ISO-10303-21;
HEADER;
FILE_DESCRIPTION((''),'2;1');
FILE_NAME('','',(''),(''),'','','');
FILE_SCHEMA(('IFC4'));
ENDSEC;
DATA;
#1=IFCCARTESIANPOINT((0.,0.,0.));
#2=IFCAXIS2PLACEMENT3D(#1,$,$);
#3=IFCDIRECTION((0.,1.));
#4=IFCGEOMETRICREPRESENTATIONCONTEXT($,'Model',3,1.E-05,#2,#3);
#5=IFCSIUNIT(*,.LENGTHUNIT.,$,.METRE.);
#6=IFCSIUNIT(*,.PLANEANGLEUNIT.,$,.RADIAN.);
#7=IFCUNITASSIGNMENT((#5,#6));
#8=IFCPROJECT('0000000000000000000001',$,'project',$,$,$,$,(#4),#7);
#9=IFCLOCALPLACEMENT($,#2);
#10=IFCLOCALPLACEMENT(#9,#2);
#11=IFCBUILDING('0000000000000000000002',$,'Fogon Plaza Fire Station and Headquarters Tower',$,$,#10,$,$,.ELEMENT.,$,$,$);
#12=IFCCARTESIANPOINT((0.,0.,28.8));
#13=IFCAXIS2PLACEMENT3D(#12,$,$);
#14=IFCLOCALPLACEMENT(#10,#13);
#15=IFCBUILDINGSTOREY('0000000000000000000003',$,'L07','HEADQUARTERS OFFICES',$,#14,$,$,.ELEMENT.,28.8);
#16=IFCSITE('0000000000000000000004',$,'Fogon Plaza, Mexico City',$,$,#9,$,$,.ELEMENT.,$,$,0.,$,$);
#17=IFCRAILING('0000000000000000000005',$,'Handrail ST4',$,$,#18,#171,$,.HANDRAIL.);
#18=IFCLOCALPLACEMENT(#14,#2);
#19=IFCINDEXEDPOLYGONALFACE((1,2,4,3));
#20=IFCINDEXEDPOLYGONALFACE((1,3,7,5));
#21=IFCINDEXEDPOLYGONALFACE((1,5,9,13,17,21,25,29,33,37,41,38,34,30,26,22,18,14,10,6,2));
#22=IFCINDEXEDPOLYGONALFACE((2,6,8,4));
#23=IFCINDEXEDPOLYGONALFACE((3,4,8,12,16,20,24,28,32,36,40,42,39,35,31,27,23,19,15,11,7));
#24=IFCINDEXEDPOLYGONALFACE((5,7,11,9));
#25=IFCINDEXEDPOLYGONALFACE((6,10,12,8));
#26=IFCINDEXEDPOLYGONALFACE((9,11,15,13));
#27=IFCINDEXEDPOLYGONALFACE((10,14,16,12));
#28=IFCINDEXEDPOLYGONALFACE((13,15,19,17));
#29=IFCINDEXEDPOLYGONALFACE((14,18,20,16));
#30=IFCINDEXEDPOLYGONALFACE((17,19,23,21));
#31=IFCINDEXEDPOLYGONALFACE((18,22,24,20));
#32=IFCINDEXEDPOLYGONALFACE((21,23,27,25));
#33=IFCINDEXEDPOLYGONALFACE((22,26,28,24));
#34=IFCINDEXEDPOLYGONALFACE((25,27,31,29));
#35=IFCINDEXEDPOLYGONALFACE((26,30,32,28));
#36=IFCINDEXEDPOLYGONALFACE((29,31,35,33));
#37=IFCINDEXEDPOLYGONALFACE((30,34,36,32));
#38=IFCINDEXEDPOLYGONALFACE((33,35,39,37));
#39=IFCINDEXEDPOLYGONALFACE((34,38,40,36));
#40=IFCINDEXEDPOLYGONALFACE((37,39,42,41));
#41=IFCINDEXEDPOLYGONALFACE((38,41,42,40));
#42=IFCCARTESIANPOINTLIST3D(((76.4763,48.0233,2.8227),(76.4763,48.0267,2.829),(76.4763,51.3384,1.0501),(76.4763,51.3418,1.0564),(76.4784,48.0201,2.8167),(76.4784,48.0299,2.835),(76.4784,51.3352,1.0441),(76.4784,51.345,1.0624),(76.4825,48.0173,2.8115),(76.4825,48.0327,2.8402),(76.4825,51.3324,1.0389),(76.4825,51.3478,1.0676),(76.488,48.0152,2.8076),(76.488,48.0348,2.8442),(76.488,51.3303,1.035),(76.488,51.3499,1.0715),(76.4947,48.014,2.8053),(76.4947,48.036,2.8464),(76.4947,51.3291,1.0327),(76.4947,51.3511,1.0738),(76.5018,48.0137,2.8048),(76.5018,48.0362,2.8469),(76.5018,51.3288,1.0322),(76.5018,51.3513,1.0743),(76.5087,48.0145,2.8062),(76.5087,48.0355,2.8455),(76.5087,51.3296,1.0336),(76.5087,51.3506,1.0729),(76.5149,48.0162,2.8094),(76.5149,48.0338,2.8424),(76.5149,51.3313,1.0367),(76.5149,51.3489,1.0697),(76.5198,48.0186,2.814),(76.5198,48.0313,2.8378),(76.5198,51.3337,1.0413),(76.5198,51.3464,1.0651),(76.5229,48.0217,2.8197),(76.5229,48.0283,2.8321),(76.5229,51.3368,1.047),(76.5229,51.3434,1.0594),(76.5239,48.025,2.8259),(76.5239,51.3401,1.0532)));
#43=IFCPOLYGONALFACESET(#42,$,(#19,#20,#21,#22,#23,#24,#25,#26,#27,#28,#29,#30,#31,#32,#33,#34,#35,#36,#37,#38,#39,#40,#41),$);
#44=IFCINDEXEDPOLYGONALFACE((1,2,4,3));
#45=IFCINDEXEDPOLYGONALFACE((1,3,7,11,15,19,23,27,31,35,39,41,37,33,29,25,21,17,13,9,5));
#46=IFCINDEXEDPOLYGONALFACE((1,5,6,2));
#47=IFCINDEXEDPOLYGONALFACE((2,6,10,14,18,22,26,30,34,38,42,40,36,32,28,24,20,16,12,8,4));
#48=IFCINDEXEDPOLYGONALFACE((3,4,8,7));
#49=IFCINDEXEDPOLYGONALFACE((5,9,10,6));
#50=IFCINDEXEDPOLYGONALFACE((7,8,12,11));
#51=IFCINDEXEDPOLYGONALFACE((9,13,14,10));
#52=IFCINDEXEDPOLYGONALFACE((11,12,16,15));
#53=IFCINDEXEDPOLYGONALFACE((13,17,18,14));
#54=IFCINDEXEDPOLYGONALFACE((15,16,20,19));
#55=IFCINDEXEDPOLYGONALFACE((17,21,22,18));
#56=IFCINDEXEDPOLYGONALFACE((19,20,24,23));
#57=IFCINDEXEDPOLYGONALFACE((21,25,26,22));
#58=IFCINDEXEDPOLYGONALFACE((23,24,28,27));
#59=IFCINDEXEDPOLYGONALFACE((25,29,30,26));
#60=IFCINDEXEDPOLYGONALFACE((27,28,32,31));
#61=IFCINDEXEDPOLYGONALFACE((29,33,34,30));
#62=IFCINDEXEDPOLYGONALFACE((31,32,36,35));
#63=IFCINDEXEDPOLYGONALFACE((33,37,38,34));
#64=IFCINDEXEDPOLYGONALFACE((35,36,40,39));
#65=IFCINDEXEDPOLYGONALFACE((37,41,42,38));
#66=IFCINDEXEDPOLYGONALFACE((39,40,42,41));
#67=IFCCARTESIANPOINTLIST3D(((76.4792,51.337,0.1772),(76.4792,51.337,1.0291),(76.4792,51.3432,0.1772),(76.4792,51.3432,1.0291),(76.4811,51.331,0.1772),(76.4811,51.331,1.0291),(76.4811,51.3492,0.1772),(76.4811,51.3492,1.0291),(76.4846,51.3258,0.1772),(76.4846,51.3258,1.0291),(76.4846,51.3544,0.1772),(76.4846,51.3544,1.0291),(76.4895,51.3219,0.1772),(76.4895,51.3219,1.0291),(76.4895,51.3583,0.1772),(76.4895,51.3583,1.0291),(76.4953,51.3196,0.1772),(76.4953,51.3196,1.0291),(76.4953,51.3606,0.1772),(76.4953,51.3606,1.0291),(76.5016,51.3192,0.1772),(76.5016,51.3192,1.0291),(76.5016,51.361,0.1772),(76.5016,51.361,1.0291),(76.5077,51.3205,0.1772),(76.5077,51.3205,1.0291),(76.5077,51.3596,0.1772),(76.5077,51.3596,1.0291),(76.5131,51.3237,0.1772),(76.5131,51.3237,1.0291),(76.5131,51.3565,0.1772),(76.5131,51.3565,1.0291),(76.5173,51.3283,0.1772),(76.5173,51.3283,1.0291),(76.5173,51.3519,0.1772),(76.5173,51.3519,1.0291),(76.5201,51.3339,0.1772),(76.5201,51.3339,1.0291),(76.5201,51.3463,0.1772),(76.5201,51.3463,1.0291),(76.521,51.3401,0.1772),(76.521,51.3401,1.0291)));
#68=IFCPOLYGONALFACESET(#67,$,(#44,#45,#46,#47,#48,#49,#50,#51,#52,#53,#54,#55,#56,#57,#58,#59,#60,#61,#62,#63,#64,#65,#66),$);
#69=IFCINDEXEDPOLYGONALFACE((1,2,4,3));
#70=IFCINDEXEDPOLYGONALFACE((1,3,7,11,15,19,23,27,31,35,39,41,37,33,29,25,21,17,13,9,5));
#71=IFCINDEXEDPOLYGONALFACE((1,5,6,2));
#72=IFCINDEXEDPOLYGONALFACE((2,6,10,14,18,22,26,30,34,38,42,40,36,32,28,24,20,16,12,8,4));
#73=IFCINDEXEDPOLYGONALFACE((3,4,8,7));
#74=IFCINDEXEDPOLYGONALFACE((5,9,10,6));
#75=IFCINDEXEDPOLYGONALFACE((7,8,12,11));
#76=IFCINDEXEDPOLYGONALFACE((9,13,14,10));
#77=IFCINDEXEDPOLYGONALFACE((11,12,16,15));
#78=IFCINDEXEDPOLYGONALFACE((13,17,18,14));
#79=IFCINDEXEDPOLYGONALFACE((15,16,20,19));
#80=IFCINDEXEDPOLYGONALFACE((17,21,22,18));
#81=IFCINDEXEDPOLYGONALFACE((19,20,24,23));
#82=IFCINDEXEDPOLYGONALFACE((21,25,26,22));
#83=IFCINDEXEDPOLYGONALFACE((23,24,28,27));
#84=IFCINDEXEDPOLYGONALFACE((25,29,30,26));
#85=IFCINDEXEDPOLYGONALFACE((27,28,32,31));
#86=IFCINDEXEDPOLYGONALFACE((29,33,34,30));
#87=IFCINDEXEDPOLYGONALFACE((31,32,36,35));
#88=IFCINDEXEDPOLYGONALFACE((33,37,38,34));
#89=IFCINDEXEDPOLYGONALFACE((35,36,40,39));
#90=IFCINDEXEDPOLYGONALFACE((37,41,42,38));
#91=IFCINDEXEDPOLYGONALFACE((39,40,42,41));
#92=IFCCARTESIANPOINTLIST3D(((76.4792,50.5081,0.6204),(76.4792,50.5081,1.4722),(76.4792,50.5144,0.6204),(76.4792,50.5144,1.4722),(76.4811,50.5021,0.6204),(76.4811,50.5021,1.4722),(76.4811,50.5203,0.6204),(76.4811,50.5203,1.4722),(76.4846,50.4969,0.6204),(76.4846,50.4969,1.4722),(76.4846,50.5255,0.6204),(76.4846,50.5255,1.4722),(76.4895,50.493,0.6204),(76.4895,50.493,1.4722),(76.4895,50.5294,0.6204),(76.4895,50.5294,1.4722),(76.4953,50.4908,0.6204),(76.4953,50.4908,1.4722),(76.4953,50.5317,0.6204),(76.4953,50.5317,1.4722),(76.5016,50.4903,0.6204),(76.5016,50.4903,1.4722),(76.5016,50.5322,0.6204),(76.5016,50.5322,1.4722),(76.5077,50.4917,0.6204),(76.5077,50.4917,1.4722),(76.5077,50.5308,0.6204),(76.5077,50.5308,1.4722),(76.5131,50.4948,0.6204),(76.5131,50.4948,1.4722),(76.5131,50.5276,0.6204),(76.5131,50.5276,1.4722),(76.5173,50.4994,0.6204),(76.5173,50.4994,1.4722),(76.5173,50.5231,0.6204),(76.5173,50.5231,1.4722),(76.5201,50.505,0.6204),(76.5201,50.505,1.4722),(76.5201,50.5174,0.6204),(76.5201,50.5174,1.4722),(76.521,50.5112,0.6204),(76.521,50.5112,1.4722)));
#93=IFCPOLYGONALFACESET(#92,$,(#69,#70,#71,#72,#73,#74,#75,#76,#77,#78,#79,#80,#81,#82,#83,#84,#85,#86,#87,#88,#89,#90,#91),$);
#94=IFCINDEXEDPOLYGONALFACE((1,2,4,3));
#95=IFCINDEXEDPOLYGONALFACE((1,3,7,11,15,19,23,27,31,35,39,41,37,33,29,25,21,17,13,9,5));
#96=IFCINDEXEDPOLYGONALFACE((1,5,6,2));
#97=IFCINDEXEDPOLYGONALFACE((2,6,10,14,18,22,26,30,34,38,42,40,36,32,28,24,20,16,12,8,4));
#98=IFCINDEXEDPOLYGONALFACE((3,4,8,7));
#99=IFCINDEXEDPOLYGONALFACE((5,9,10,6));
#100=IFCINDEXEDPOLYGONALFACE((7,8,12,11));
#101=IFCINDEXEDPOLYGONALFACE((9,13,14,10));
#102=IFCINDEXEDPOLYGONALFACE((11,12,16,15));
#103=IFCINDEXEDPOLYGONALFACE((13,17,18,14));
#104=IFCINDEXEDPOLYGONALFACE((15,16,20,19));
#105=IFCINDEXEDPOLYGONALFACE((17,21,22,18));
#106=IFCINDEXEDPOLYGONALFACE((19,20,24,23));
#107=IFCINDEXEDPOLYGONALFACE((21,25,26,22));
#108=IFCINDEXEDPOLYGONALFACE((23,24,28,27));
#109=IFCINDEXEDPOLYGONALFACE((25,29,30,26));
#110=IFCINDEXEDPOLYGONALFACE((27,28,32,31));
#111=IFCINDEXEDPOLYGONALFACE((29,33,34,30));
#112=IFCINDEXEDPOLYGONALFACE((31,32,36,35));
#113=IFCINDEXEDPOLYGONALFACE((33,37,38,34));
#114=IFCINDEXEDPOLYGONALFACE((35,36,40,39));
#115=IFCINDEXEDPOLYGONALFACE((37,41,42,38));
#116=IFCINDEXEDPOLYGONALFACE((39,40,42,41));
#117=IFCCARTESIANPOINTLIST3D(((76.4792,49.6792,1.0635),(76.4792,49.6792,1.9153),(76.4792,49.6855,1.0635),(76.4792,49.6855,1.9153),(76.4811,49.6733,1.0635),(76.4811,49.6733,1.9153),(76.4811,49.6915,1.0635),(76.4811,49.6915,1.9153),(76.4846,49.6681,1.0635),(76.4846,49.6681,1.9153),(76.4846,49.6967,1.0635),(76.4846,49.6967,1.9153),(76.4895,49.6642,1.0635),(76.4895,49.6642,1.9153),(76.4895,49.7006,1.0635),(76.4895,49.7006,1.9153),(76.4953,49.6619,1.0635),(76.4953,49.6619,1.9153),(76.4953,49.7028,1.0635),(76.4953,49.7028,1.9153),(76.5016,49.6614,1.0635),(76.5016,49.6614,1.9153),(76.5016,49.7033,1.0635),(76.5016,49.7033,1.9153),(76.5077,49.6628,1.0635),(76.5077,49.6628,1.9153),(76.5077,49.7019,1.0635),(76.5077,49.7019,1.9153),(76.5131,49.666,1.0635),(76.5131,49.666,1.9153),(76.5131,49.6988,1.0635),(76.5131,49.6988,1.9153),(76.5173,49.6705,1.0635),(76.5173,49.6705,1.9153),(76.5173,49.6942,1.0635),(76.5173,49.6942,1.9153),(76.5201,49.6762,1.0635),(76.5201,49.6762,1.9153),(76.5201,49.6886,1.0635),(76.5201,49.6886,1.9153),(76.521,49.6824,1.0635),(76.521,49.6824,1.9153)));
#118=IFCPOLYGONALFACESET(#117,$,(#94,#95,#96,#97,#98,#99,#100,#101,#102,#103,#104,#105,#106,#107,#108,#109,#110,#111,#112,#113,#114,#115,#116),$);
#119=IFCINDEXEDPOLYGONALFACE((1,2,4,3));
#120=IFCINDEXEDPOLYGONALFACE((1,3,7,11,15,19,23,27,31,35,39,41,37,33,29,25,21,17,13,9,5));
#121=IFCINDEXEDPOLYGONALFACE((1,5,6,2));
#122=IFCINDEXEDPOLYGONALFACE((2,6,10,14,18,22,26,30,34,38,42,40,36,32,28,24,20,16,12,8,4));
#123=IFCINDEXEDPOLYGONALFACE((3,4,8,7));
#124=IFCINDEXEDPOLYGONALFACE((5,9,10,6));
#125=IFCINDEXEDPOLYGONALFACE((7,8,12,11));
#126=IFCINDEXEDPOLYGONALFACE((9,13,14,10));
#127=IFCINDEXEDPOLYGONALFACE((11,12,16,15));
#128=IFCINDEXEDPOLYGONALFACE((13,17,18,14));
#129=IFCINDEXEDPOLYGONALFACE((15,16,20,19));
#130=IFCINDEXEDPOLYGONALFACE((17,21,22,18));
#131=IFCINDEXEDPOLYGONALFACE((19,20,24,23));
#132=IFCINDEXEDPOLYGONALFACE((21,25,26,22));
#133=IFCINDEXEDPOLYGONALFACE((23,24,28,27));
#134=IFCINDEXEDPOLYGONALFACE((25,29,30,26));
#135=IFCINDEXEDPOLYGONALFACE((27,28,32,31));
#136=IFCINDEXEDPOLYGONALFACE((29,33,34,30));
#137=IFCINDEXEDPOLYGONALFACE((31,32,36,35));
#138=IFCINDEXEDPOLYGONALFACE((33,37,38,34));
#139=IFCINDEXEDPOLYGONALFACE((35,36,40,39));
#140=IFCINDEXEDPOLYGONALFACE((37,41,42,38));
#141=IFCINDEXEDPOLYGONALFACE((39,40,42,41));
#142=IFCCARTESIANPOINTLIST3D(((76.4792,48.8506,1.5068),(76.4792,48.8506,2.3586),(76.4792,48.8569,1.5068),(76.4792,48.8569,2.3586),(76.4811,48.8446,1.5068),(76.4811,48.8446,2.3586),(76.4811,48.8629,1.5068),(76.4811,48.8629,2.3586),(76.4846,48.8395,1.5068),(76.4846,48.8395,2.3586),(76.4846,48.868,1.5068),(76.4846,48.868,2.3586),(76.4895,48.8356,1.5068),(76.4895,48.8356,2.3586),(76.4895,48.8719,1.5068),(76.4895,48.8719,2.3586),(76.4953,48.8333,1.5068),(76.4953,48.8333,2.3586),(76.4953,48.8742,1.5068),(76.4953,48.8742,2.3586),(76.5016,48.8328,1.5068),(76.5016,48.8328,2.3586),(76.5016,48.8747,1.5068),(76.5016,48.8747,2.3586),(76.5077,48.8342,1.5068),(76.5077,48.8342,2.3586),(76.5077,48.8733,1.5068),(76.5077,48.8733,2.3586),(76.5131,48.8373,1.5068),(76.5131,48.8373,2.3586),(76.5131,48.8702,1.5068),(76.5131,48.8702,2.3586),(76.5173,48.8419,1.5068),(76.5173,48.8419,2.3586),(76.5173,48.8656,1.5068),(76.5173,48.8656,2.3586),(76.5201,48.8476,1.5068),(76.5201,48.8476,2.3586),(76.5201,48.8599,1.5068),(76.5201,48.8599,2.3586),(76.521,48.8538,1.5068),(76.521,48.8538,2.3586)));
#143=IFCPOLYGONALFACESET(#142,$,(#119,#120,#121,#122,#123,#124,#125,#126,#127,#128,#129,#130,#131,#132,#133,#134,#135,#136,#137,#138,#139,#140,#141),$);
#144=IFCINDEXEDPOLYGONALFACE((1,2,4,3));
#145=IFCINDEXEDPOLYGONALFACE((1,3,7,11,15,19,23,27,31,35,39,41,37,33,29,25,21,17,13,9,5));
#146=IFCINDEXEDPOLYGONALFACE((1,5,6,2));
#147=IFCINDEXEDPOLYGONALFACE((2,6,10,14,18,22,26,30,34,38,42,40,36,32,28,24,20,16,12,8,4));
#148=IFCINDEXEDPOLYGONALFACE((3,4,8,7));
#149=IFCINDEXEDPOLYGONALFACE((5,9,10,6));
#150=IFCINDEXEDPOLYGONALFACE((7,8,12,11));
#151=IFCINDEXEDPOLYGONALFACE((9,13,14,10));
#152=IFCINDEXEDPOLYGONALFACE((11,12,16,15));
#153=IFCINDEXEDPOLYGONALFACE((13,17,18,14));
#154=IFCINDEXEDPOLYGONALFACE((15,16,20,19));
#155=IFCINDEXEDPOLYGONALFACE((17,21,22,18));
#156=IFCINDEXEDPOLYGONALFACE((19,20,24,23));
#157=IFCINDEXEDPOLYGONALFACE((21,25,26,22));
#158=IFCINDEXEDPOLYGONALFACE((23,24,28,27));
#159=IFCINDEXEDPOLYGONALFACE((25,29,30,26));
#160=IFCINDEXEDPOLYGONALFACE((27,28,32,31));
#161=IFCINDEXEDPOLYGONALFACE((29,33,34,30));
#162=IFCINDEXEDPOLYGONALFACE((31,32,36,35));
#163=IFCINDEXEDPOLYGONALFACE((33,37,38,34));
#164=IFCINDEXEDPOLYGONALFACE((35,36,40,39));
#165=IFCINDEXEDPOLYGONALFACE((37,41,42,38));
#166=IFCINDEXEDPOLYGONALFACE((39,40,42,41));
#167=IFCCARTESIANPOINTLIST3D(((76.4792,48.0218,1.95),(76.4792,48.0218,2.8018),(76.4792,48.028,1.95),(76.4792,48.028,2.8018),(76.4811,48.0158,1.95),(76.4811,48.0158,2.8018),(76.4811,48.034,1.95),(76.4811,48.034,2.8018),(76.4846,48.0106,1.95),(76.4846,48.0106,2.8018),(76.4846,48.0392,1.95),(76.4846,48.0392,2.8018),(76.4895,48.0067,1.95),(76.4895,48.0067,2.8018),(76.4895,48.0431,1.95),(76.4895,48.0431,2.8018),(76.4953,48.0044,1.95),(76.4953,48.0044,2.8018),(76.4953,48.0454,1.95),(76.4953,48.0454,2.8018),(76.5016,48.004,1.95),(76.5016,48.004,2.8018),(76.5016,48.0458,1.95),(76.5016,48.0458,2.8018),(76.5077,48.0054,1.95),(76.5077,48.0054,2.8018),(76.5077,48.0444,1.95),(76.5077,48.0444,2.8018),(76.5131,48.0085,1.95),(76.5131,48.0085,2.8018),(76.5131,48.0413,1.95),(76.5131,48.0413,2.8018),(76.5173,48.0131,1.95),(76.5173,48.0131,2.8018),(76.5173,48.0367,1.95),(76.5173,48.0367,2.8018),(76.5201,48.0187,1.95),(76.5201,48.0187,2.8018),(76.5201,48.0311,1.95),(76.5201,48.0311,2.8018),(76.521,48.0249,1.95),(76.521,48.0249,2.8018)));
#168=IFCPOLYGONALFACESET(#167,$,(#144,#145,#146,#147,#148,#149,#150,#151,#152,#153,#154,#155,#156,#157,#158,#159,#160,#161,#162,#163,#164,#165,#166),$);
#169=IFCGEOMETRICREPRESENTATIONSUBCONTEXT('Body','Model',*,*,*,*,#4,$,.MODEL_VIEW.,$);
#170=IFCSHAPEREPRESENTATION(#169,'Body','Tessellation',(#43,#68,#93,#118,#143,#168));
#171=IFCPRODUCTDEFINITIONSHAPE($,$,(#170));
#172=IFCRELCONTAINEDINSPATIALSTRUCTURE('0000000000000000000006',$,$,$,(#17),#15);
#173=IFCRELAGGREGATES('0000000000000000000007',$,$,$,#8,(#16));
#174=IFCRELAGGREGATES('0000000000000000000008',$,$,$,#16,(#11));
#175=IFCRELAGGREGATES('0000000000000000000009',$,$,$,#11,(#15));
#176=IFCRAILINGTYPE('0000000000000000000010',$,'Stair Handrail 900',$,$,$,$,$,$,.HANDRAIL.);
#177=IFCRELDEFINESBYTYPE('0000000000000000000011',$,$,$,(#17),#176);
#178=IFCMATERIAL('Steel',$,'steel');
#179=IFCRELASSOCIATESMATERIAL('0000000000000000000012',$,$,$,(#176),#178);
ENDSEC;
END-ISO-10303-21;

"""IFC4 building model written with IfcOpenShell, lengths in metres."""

from ifc_helpers import new_model, si_unit, direction, frame, origin, origin_2d, place, context, subcontext, project, spatial, circle, extrude, material, type_object, element, save


model = new_model("IFC4")

# Units and contexts
model_context = context("Model", 3, precision=1e-05, world=origin(), true_north=direction((0.0, 1.0)))
body_context = subcontext(model_context, "Body", "Model", "MODEL_VIEW")
ifc_project = project(units=[si_unit("LENGTHUNIT", "METRE"), si_unit("PLANEANGLEUNIT", "RADIAN")], contexts=[model_context])

# Site, building, storey
site_placement = place(None, origin())
site = spatial("IfcSite", under=ifc_project, at=site_placement, Name="Fogon Plaza, Mexico City", CompositionType="ELEMENT", RefElevation=0.0)
building_placement = place(site_placement, origin())
building = spatial("IfcBuilding", under=site, at=building_placement, Name="Fogon Plaza Fire Station and Headquarters Tower", CompositionType="ELEMENT")
storey_placement = place(building_placement, frame((0.0, 0.0, 28.8)))
storey = spatial("IfcBuildingStorey", under=building, at=storey_placement, Name="L07", Description="HEADQUARTERS OFFICES", CompositionType="ELEMENT", Elevation=28.8)

# Railing
ifc_material_1 = material(Name="Steel", Category="steel")
railing_type = type_object("IfcRailingType", Name="Stair Handrail 900", PredefinedType="HANDRAIL", material=ifc_material_1)
for number, where, name in (
    (1, (76.5, 51.3401, 0.1772), "Handrail ST4"),
):
    element("IfcRailing", number, at=place(storey_placement, frame(where)), inside=storey, type_object=railing_type, Name=name, PredefinedType="HANDRAIL", context=body_context, shape_type="SweptSolid", body=[
        extrude(circle(Radius=0.0239, at=origin_2d()), frame((0.0, 0.0, 0.876), z_axis=(0.0, -0.881844, 0.471542), x_axis=(1.0, 0.0, 0.0)), (0.0, 0.0, 1.0), 3.7593),
        extrude(circle(Radius=0.021, at=origin_2d()), origin(), (0.0, 0.0, 1.0), 0.8518),
        extrude(circle(Radius=0.021, at=origin_2d()), frame((0.0, -0.8289, 0.4431)), (0.0, 0.0, 1.0), 0.8518),
        extrude(circle(Radius=0.021, at=origin_2d()), frame((0.0, -1.6577, 0.8862)), (0.0, 0.0, 1.0), 0.8518),
        extrude(circle(Radius=0.021, at=origin_2d()), frame((0.0, -2.4863, 1.3296)), (0.0, 0.0, 1.0), 0.8518),
        extrude(circle(Radius=0.021, at=origin_2d()), frame((0.0, -3.3152, 1.7727)), (0.0, 0.0, 1.0), 0.8518),
    ])

save(model, "model.ifc")
